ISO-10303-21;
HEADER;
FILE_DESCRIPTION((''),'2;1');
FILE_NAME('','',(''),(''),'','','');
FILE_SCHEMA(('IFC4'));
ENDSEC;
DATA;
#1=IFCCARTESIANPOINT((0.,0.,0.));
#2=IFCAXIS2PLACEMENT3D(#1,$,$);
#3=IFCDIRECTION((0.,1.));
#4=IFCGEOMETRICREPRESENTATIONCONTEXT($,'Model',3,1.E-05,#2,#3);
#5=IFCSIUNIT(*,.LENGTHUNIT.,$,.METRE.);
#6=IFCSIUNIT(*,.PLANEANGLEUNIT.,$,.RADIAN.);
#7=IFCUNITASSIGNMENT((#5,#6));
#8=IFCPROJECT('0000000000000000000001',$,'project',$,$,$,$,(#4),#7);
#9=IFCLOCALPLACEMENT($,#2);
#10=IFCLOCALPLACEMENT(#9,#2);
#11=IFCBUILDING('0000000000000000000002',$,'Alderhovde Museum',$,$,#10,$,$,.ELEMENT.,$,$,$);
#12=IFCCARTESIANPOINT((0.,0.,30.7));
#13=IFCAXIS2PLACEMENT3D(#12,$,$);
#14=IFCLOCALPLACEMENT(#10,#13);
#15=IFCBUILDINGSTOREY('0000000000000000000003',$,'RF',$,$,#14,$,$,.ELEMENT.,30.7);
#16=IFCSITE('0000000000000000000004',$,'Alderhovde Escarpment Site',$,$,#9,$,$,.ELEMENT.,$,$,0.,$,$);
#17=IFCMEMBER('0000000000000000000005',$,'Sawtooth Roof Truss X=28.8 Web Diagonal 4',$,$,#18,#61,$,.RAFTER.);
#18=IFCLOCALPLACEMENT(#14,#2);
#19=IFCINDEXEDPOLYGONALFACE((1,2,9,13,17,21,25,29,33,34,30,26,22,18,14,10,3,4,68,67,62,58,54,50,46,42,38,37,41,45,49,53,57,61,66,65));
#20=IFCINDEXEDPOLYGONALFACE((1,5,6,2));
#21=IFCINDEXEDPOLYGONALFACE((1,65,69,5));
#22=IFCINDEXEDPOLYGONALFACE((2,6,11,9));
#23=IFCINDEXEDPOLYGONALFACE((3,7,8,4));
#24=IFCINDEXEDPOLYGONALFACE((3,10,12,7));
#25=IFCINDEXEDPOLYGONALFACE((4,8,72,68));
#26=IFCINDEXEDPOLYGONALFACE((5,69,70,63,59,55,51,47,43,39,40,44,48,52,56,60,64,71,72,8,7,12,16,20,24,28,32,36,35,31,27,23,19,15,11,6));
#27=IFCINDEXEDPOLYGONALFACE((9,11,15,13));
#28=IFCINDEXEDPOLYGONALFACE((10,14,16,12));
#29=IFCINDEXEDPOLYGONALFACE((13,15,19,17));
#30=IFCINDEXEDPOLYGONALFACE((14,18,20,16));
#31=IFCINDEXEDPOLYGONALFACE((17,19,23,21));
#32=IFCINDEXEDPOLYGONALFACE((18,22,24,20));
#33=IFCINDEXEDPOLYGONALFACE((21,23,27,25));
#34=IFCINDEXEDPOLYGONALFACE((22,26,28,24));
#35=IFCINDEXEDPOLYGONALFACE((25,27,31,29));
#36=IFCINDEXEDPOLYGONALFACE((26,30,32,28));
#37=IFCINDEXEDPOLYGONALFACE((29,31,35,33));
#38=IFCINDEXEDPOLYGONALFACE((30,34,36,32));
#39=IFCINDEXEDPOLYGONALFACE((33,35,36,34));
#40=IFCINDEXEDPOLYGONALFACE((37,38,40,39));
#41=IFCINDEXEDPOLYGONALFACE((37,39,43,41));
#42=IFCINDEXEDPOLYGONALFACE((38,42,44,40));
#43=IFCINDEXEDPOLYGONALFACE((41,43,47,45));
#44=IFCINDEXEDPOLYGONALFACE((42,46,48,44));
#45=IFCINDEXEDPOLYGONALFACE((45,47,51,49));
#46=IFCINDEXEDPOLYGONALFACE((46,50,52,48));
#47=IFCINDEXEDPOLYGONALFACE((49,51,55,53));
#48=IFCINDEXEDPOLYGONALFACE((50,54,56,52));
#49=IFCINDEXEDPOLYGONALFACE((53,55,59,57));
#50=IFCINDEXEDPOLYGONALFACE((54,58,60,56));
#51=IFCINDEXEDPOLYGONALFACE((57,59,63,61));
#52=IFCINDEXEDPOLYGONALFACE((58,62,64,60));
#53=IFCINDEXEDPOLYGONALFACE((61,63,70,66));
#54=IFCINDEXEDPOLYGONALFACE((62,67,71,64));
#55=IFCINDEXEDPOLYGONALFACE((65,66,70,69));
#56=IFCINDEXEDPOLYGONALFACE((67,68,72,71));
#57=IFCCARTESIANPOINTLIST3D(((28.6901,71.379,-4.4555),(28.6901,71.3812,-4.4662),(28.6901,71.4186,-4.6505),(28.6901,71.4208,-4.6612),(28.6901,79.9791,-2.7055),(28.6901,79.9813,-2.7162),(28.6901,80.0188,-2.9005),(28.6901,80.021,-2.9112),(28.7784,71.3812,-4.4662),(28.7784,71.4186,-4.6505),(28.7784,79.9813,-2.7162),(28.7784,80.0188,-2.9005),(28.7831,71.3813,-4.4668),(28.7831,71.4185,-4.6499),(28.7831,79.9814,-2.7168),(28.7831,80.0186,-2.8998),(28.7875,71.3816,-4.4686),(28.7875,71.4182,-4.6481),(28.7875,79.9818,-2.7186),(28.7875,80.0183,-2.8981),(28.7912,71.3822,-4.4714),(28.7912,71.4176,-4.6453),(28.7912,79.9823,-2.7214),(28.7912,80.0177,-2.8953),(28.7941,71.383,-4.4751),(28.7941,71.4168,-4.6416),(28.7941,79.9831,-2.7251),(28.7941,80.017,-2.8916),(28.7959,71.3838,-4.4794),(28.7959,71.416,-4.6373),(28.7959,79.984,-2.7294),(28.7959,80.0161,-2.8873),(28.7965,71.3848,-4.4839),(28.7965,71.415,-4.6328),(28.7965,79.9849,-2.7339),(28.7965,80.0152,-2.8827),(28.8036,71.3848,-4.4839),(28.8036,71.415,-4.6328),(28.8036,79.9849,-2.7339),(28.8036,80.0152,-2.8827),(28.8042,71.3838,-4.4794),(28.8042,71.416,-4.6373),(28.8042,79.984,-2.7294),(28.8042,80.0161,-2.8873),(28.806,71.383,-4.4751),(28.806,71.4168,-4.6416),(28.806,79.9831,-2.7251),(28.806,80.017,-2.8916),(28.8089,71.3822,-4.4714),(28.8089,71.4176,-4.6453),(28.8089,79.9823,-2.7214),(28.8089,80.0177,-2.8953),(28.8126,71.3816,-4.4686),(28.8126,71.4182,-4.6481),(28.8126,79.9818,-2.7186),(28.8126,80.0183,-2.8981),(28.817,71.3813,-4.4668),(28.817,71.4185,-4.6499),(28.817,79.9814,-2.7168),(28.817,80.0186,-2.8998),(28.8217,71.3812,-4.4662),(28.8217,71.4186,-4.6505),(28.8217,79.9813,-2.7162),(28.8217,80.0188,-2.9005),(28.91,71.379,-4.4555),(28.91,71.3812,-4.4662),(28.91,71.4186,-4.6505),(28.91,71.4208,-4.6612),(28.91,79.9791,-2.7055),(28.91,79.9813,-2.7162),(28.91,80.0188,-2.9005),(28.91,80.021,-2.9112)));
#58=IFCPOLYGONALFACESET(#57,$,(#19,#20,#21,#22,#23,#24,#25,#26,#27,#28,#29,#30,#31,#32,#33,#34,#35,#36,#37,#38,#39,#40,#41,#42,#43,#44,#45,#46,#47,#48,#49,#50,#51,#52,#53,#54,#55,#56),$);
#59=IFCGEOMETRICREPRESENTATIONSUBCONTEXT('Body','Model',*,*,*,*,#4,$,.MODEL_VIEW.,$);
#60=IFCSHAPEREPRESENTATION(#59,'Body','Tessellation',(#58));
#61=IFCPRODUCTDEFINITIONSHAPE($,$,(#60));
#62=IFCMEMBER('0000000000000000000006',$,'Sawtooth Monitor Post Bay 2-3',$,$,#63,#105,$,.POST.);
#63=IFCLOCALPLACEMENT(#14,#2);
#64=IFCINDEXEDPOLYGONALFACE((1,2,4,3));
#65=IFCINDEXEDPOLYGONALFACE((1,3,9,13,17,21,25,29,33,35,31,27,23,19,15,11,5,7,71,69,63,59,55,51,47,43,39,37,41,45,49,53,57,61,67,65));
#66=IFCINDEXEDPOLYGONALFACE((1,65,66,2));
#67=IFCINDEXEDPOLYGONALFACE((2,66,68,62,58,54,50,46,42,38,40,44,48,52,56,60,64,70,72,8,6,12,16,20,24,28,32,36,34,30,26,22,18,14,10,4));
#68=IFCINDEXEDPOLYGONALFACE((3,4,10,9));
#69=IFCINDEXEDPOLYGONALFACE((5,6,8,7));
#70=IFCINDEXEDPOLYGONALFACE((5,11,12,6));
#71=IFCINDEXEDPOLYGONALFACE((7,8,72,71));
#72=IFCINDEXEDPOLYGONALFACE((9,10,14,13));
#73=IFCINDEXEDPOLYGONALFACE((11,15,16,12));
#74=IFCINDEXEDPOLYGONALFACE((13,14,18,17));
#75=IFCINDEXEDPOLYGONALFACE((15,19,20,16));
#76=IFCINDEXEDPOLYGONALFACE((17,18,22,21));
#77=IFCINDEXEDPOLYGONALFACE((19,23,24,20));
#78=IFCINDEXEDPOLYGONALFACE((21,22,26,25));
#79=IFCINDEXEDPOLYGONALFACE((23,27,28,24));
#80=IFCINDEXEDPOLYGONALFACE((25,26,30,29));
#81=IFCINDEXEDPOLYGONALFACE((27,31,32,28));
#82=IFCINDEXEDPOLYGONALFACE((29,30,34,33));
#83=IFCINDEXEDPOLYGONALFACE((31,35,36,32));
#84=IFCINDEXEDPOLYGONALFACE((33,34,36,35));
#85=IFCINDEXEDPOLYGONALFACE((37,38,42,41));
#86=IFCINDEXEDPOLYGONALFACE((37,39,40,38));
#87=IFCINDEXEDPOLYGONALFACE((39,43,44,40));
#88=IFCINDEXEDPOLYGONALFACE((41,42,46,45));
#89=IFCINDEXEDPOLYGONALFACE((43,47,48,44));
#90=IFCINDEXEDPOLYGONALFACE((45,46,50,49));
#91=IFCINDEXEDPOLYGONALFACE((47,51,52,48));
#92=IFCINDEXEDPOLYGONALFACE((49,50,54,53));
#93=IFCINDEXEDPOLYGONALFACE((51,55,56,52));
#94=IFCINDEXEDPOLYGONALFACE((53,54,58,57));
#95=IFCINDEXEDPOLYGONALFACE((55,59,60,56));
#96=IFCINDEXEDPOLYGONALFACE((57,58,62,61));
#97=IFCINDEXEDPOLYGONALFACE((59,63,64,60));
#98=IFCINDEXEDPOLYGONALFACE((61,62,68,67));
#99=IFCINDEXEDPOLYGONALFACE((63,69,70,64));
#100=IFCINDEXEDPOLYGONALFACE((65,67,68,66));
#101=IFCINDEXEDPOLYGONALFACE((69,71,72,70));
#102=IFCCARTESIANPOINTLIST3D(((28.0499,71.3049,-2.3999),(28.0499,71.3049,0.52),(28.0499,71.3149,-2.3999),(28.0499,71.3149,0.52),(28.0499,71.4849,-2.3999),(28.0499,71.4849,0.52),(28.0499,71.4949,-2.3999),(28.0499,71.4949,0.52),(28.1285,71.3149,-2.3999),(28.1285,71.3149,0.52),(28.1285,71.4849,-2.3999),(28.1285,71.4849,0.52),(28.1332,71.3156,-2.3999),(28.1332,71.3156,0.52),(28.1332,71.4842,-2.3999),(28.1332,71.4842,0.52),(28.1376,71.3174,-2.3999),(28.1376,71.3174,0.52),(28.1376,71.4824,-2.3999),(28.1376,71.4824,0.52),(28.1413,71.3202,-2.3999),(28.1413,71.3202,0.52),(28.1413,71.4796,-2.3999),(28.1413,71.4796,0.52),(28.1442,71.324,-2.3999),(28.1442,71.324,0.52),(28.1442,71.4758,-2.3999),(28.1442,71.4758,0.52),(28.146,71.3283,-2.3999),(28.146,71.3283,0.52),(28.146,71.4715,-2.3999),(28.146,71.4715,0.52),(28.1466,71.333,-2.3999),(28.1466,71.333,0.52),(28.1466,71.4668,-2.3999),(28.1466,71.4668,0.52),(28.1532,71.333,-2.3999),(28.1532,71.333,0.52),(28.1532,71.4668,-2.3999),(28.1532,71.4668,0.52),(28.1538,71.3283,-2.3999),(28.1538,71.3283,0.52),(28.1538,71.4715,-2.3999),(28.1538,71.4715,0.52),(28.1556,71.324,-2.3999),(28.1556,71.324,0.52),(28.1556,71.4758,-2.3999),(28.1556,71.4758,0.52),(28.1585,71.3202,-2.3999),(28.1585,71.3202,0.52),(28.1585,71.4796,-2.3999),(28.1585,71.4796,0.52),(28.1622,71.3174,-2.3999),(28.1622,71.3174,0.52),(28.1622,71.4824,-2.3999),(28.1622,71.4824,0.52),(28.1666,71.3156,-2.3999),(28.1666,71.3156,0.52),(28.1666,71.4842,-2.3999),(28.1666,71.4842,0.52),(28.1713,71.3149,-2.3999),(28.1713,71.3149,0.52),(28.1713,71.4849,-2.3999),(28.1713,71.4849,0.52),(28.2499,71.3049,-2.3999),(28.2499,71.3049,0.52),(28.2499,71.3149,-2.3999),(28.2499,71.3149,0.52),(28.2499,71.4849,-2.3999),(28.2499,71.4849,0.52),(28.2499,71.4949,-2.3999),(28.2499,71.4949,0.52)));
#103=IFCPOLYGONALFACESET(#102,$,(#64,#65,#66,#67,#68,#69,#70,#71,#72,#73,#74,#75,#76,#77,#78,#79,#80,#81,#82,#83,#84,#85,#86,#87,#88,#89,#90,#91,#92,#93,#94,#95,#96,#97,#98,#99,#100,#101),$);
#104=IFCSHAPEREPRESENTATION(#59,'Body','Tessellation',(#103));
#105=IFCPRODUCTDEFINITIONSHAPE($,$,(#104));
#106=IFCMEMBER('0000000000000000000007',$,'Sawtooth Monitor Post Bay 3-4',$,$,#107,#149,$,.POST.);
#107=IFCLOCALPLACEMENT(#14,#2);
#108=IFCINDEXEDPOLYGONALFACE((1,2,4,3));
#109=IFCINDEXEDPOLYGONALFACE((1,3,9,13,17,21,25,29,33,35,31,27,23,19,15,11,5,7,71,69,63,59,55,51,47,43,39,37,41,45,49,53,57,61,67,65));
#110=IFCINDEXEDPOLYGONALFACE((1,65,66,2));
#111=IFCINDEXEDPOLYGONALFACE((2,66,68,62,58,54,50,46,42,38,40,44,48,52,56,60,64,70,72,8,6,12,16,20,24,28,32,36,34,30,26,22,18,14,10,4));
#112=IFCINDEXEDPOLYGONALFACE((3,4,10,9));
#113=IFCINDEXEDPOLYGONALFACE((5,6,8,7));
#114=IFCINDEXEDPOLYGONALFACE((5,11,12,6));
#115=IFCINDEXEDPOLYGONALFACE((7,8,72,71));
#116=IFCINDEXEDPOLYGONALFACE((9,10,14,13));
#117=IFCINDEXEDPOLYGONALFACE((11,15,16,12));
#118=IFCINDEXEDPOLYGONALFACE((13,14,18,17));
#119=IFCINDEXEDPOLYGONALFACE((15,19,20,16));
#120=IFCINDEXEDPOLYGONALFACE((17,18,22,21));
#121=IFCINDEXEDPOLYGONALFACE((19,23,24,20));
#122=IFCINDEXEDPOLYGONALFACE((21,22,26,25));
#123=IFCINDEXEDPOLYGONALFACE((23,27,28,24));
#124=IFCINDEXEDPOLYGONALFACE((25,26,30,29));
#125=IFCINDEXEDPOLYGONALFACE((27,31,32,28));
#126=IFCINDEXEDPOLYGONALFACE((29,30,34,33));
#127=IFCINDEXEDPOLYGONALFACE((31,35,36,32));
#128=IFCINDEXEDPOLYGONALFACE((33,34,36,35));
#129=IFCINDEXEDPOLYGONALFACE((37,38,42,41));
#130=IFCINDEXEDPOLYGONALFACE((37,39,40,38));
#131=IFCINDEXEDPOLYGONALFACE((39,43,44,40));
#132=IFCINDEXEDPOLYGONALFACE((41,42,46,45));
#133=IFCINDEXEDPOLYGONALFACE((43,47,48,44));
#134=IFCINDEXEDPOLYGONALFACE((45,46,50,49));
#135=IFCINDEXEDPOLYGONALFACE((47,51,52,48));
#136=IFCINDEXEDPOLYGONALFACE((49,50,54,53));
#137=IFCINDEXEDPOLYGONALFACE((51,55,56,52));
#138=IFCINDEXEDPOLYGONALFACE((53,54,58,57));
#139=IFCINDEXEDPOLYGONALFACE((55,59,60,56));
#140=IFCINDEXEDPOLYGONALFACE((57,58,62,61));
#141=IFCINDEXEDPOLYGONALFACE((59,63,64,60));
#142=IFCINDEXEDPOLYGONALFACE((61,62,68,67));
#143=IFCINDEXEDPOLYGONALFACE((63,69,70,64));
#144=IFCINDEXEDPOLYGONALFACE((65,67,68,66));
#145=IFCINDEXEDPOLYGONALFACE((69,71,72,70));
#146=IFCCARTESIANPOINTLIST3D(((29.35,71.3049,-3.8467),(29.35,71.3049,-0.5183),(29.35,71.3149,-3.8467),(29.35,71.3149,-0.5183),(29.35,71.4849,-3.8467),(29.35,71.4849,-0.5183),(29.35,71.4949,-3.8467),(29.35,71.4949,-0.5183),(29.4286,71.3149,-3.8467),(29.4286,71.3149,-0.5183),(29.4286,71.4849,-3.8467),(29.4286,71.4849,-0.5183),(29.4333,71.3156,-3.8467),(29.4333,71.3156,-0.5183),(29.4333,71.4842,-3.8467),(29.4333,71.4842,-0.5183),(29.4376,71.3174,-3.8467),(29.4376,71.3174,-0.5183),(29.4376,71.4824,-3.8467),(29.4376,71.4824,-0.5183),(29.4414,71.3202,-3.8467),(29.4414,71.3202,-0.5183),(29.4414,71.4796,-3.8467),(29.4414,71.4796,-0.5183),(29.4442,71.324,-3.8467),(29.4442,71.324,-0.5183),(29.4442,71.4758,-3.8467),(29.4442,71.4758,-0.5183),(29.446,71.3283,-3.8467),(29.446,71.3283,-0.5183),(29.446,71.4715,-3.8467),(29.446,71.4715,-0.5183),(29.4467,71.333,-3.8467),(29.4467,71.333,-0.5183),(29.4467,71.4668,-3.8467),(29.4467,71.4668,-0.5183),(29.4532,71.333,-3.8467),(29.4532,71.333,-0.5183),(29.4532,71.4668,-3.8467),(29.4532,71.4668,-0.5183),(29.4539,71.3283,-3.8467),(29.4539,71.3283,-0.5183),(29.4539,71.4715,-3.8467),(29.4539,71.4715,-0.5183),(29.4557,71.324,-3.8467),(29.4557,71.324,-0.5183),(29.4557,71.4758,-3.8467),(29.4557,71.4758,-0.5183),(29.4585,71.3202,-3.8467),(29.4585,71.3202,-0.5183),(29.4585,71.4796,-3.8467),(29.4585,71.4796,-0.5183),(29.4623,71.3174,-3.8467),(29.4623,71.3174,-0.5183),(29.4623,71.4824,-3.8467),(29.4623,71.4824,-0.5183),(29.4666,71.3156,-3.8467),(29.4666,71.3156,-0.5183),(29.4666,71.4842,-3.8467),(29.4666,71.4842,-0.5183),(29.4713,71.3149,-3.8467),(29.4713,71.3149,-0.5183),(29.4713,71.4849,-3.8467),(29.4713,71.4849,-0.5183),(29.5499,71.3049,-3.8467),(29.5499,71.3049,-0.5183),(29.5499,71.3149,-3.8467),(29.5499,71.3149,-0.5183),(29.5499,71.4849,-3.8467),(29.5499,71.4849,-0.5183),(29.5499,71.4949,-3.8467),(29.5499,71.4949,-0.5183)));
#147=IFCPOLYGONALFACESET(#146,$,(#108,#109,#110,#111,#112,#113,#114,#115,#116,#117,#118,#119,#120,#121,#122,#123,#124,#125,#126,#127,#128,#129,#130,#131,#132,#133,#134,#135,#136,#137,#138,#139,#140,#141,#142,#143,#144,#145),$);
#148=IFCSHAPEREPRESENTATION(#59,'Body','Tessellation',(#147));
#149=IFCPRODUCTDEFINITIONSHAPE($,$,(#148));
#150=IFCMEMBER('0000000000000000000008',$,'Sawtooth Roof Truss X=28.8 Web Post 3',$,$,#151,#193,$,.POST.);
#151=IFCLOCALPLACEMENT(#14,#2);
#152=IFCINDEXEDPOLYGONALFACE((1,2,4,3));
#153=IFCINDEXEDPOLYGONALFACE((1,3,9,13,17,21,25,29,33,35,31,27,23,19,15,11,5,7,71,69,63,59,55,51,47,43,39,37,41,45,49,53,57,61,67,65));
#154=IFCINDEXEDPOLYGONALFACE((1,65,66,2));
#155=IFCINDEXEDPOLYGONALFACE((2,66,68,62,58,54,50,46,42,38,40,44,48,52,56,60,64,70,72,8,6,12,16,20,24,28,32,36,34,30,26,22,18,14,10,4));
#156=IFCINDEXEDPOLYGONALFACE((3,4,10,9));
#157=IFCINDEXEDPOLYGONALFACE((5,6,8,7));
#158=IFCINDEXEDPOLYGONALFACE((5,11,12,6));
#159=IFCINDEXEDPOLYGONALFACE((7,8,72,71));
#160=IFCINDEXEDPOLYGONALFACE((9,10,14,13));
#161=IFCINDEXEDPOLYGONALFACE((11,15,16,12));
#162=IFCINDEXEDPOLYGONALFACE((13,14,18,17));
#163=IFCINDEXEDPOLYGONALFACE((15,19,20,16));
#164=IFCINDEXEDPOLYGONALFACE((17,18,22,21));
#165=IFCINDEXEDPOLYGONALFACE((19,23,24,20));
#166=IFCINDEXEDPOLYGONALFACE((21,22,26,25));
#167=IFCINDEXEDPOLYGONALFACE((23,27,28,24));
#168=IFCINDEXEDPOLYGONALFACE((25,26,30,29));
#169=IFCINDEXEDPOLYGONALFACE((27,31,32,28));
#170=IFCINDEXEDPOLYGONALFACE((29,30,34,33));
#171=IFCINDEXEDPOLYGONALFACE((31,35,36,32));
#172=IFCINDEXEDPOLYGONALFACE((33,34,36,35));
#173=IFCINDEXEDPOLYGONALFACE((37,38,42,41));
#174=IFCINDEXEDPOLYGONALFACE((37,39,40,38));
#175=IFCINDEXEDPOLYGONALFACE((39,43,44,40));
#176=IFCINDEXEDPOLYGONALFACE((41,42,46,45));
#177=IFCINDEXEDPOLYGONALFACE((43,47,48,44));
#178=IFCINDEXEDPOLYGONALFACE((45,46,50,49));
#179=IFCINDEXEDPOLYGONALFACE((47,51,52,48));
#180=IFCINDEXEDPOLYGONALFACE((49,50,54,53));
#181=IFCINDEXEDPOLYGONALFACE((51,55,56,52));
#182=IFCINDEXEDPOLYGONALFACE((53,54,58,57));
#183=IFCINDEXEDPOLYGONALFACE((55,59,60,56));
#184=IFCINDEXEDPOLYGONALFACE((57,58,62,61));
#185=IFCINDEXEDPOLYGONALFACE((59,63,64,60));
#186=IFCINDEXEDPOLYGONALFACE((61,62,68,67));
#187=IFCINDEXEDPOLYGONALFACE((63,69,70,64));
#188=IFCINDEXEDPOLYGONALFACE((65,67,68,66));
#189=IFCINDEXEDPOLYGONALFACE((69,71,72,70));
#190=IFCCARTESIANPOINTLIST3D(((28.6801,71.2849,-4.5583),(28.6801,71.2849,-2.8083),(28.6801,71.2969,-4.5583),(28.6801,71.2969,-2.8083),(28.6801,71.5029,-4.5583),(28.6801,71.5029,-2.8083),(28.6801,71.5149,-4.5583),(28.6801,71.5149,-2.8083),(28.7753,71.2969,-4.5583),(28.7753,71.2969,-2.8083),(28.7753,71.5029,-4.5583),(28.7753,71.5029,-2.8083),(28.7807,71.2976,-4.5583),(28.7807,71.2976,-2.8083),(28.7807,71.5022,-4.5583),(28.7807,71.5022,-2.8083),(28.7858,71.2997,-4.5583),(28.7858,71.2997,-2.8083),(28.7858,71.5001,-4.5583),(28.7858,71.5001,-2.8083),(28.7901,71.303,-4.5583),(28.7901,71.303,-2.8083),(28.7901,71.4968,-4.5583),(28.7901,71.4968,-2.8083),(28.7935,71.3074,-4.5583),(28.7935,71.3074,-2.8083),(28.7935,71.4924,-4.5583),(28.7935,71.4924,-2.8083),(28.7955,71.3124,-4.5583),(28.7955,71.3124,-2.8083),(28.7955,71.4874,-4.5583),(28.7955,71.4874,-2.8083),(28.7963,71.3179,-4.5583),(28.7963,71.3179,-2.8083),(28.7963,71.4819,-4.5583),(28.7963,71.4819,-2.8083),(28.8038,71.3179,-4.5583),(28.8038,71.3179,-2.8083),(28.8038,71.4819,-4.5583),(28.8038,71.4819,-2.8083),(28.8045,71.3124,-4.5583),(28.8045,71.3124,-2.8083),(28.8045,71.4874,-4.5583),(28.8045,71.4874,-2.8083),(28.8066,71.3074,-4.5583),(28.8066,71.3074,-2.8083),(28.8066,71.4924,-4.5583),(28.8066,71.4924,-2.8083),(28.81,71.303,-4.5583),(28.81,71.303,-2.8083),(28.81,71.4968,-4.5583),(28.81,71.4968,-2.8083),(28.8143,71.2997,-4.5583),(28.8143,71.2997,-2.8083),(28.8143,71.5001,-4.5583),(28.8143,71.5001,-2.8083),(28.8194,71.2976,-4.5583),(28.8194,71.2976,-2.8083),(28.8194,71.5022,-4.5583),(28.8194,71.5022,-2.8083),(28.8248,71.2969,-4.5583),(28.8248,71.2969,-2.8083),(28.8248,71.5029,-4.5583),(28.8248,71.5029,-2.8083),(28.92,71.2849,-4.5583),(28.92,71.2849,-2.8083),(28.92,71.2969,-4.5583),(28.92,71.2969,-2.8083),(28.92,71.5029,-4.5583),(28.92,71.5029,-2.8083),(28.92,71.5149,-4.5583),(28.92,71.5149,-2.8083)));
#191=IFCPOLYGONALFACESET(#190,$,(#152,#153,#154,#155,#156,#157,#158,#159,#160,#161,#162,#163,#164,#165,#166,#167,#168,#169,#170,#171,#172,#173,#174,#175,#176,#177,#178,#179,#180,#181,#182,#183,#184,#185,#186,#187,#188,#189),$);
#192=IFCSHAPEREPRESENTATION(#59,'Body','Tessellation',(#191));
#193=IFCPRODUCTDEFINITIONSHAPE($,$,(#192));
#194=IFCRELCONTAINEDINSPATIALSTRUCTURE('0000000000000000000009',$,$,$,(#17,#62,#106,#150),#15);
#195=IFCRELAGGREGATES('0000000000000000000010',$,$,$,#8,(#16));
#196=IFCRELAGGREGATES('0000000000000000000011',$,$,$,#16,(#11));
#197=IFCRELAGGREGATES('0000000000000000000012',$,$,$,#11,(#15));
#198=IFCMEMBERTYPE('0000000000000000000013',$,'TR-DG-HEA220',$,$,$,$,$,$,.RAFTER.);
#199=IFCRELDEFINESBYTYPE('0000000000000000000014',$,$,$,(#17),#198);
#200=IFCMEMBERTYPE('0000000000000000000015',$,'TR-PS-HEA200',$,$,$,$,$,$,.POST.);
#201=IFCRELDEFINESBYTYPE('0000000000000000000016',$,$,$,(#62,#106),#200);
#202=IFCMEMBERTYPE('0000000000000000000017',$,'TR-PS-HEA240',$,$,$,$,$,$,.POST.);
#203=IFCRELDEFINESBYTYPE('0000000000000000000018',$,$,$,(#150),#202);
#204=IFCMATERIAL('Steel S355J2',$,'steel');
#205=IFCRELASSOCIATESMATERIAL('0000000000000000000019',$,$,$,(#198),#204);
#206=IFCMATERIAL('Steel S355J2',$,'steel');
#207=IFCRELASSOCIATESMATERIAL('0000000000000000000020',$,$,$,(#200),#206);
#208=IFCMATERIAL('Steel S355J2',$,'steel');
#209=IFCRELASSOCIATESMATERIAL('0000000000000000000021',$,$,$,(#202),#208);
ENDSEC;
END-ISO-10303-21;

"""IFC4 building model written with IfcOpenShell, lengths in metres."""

from ifc_helpers import new_model, si_unit, direction, frame, origin, origin_2d, place, context, subcontext, project, spatial, i_section, extrude, material, material_profile, profile_set, type_object, element, save


model = new_model("IFC4")

# Units and contexts
model_context = context("Model", 3, precision=1e-05, world=origin(), true_north=direction((0.0, 1.0)))
body_context = subcontext(model_context, "Body", "Model", "MODEL_VIEW")
ifc_project = project(units=[si_unit("LENGTHUNIT", "METRE"), si_unit("PLANEANGLEUNIT", "RADIAN")], contexts=[model_context])

# Site, building, storey
site_placement = place(None, origin())
site = spatial("IfcSite", under=ifc_project, at=site_placement, Name="Alderhovde Escarpment Site", CompositionType="ELEMENT", RefElevation=0.0)
building_placement = place(site_placement, origin())
building = spatial("IfcBuilding", under=site, at=building_placement, Name="Alderhovde Museum", CompositionType="ELEMENT")
storey_placement = place(building_placement, frame((0.0, 0.0, 30.7)))
storey = spatial("IfcBuildingStorey", under=building, at=storey_placement, Name="RF", CompositionType="ELEMENT", Elevation=30.7)

# Members
ifc_material_1 = material(Name="Steel S355J2", Category="steel")
ifc_material_profile_1 = material_profile(ifc_material_1, i_section(OverallWidth=0.22, OverallDepth=0.21, WebThickness=0.0071, FlangeThickness=0.011, FilletRadius=0.0181, at=origin_2d()), Name="HEA 220")
ifc_profile_set_1 = profile_set([ifc_material_profile_1], Name="Steel S355J2")
member_type_1 = type_object("IfcMemberType", Name="TR-DG-HEA220", PredefinedType="RAFTER", material=ifc_profile_set_1)
member_1_placement = place(storey_placement, frame((28.8, 71.3999, -4.5583), z_axis=(0.0, 0.979918, 0.1994), x_axis=(-1.0, 0.0, 0.0)))
element("IfcMember", 1, at=member_1_placement, inside=storey, type_object=member_type_1, Name="Sawtooth Roof Truss X=28.8 Web Diagonal 4", PredefinedType="RAFTER", context=body_context, shape_type="SweptSolid", body=[
    extrude(i_section(OverallWidth=0.22, OverallDepth=0.21, WebThickness=0.0071, FlangeThickness=0.011, FilletRadius=0.0181, at=origin_2d()), origin(), (0.0, 0.0, 1.0), 8.7764),
])
ifc_material_2 = material(Name="Steel S355J2", Category="steel")
ifc_material_profile_2 = material_profile(ifc_material_2, i_section(OverallWidth=0.2, OverallDepth=0.1899, WebThickness=0.0066, FlangeThickness=0.01, FilletRadius=0.0181, at=origin_2d()), Name="HEA 200")
ifc_profile_set_2 = profile_set([ifc_material_profile_2], Name="Steel S355J2")
member_type_2 = type_object("IfcMemberType", Name="TR-PS-HEA200", PredefinedType="POST", material=ifc_profile_set_2)
member_2_placement = place(storey_placement, frame((28.1499, 71.3999, -2.3999), z_axis=(0.0, 0.0, 1.0), x_axis=(1.0, 0.0, 0.0)))
element("IfcMember", 2, at=member_2_placement, inside=storey, type_object=member_type_2, Name="Sawtooth Monitor Post Bay 2-3", PredefinedType="POST", context=body_context, shape_type="SweptSolid", body=[
    extrude(i_section(OverallWidth=0.2, OverallDepth=0.1899, WebThickness=0.0066, FlangeThickness=0.01, FilletRadius=0.0181, at=origin_2d()), origin(), (0.0, 0.0, 1.0), 2.9199),
])
member_3_placement = place(storey_placement, frame((29.45, 71.3999, -3.8467), z_axis=(0.0, 0.0, 1.0), x_axis=(1.0, 0.0, 0.0)))
element("IfcMember", 3, at=member_3_placement, inside=storey, type_object=member_type_2, Name="Sawtooth Monitor Post Bay 3-4", PredefinedType="POST", context=body_context, shape_type="SweptSolid", body=[
    extrude(i_section(OverallWidth=0.2, OverallDepth=0.1899, WebThickness=0.0066, FlangeThickness=0.01, FilletRadius=0.0181, at=origin_2d()), origin(), (0.0, 0.0, 1.0), 3.3284),
])
ifc_material_3 = material(Name="Steel S355J2", Category="steel")
ifc_material_profile_3 = material_profile(ifc_material_3, i_section(OverallWidth=0.24, OverallDepth=0.23, WebThickness=0.0076, FlangeThickness=0.012, FilletRadius=0.021, at=origin_2d()), Name="HEA 240")
ifc_profile_set_3 = profile_set([ifc_material_profile_3], Name="Steel S355J2")
member_type_3 = type_object("IfcMemberType", Name="TR-PS-HEA240", PredefinedType="POST", material=ifc_profile_set_3)
member_4_placement = place(storey_placement, frame((28.8, 71.3999, -4.5583), z_axis=(0.0, 0.0, 1.0), x_axis=(1.0, 0.0, 0.0)))
element("IfcMember", 4, at=member_4_placement, inside=storey, type_object=member_type_3, Name="Sawtooth Roof Truss X=28.8 Web Post 3", PredefinedType="POST", context=body_context, shape_type="SweptSolid", body=[
    extrude(i_section(OverallWidth=0.24, OverallDepth=0.23, WebThickness=0.0076, FlangeThickness=0.012, FilletRadius=0.021, at=origin_2d()), origin(), (0.0, 0.0, 1.0), 1.75),
])

save(model, "model.ifc")
